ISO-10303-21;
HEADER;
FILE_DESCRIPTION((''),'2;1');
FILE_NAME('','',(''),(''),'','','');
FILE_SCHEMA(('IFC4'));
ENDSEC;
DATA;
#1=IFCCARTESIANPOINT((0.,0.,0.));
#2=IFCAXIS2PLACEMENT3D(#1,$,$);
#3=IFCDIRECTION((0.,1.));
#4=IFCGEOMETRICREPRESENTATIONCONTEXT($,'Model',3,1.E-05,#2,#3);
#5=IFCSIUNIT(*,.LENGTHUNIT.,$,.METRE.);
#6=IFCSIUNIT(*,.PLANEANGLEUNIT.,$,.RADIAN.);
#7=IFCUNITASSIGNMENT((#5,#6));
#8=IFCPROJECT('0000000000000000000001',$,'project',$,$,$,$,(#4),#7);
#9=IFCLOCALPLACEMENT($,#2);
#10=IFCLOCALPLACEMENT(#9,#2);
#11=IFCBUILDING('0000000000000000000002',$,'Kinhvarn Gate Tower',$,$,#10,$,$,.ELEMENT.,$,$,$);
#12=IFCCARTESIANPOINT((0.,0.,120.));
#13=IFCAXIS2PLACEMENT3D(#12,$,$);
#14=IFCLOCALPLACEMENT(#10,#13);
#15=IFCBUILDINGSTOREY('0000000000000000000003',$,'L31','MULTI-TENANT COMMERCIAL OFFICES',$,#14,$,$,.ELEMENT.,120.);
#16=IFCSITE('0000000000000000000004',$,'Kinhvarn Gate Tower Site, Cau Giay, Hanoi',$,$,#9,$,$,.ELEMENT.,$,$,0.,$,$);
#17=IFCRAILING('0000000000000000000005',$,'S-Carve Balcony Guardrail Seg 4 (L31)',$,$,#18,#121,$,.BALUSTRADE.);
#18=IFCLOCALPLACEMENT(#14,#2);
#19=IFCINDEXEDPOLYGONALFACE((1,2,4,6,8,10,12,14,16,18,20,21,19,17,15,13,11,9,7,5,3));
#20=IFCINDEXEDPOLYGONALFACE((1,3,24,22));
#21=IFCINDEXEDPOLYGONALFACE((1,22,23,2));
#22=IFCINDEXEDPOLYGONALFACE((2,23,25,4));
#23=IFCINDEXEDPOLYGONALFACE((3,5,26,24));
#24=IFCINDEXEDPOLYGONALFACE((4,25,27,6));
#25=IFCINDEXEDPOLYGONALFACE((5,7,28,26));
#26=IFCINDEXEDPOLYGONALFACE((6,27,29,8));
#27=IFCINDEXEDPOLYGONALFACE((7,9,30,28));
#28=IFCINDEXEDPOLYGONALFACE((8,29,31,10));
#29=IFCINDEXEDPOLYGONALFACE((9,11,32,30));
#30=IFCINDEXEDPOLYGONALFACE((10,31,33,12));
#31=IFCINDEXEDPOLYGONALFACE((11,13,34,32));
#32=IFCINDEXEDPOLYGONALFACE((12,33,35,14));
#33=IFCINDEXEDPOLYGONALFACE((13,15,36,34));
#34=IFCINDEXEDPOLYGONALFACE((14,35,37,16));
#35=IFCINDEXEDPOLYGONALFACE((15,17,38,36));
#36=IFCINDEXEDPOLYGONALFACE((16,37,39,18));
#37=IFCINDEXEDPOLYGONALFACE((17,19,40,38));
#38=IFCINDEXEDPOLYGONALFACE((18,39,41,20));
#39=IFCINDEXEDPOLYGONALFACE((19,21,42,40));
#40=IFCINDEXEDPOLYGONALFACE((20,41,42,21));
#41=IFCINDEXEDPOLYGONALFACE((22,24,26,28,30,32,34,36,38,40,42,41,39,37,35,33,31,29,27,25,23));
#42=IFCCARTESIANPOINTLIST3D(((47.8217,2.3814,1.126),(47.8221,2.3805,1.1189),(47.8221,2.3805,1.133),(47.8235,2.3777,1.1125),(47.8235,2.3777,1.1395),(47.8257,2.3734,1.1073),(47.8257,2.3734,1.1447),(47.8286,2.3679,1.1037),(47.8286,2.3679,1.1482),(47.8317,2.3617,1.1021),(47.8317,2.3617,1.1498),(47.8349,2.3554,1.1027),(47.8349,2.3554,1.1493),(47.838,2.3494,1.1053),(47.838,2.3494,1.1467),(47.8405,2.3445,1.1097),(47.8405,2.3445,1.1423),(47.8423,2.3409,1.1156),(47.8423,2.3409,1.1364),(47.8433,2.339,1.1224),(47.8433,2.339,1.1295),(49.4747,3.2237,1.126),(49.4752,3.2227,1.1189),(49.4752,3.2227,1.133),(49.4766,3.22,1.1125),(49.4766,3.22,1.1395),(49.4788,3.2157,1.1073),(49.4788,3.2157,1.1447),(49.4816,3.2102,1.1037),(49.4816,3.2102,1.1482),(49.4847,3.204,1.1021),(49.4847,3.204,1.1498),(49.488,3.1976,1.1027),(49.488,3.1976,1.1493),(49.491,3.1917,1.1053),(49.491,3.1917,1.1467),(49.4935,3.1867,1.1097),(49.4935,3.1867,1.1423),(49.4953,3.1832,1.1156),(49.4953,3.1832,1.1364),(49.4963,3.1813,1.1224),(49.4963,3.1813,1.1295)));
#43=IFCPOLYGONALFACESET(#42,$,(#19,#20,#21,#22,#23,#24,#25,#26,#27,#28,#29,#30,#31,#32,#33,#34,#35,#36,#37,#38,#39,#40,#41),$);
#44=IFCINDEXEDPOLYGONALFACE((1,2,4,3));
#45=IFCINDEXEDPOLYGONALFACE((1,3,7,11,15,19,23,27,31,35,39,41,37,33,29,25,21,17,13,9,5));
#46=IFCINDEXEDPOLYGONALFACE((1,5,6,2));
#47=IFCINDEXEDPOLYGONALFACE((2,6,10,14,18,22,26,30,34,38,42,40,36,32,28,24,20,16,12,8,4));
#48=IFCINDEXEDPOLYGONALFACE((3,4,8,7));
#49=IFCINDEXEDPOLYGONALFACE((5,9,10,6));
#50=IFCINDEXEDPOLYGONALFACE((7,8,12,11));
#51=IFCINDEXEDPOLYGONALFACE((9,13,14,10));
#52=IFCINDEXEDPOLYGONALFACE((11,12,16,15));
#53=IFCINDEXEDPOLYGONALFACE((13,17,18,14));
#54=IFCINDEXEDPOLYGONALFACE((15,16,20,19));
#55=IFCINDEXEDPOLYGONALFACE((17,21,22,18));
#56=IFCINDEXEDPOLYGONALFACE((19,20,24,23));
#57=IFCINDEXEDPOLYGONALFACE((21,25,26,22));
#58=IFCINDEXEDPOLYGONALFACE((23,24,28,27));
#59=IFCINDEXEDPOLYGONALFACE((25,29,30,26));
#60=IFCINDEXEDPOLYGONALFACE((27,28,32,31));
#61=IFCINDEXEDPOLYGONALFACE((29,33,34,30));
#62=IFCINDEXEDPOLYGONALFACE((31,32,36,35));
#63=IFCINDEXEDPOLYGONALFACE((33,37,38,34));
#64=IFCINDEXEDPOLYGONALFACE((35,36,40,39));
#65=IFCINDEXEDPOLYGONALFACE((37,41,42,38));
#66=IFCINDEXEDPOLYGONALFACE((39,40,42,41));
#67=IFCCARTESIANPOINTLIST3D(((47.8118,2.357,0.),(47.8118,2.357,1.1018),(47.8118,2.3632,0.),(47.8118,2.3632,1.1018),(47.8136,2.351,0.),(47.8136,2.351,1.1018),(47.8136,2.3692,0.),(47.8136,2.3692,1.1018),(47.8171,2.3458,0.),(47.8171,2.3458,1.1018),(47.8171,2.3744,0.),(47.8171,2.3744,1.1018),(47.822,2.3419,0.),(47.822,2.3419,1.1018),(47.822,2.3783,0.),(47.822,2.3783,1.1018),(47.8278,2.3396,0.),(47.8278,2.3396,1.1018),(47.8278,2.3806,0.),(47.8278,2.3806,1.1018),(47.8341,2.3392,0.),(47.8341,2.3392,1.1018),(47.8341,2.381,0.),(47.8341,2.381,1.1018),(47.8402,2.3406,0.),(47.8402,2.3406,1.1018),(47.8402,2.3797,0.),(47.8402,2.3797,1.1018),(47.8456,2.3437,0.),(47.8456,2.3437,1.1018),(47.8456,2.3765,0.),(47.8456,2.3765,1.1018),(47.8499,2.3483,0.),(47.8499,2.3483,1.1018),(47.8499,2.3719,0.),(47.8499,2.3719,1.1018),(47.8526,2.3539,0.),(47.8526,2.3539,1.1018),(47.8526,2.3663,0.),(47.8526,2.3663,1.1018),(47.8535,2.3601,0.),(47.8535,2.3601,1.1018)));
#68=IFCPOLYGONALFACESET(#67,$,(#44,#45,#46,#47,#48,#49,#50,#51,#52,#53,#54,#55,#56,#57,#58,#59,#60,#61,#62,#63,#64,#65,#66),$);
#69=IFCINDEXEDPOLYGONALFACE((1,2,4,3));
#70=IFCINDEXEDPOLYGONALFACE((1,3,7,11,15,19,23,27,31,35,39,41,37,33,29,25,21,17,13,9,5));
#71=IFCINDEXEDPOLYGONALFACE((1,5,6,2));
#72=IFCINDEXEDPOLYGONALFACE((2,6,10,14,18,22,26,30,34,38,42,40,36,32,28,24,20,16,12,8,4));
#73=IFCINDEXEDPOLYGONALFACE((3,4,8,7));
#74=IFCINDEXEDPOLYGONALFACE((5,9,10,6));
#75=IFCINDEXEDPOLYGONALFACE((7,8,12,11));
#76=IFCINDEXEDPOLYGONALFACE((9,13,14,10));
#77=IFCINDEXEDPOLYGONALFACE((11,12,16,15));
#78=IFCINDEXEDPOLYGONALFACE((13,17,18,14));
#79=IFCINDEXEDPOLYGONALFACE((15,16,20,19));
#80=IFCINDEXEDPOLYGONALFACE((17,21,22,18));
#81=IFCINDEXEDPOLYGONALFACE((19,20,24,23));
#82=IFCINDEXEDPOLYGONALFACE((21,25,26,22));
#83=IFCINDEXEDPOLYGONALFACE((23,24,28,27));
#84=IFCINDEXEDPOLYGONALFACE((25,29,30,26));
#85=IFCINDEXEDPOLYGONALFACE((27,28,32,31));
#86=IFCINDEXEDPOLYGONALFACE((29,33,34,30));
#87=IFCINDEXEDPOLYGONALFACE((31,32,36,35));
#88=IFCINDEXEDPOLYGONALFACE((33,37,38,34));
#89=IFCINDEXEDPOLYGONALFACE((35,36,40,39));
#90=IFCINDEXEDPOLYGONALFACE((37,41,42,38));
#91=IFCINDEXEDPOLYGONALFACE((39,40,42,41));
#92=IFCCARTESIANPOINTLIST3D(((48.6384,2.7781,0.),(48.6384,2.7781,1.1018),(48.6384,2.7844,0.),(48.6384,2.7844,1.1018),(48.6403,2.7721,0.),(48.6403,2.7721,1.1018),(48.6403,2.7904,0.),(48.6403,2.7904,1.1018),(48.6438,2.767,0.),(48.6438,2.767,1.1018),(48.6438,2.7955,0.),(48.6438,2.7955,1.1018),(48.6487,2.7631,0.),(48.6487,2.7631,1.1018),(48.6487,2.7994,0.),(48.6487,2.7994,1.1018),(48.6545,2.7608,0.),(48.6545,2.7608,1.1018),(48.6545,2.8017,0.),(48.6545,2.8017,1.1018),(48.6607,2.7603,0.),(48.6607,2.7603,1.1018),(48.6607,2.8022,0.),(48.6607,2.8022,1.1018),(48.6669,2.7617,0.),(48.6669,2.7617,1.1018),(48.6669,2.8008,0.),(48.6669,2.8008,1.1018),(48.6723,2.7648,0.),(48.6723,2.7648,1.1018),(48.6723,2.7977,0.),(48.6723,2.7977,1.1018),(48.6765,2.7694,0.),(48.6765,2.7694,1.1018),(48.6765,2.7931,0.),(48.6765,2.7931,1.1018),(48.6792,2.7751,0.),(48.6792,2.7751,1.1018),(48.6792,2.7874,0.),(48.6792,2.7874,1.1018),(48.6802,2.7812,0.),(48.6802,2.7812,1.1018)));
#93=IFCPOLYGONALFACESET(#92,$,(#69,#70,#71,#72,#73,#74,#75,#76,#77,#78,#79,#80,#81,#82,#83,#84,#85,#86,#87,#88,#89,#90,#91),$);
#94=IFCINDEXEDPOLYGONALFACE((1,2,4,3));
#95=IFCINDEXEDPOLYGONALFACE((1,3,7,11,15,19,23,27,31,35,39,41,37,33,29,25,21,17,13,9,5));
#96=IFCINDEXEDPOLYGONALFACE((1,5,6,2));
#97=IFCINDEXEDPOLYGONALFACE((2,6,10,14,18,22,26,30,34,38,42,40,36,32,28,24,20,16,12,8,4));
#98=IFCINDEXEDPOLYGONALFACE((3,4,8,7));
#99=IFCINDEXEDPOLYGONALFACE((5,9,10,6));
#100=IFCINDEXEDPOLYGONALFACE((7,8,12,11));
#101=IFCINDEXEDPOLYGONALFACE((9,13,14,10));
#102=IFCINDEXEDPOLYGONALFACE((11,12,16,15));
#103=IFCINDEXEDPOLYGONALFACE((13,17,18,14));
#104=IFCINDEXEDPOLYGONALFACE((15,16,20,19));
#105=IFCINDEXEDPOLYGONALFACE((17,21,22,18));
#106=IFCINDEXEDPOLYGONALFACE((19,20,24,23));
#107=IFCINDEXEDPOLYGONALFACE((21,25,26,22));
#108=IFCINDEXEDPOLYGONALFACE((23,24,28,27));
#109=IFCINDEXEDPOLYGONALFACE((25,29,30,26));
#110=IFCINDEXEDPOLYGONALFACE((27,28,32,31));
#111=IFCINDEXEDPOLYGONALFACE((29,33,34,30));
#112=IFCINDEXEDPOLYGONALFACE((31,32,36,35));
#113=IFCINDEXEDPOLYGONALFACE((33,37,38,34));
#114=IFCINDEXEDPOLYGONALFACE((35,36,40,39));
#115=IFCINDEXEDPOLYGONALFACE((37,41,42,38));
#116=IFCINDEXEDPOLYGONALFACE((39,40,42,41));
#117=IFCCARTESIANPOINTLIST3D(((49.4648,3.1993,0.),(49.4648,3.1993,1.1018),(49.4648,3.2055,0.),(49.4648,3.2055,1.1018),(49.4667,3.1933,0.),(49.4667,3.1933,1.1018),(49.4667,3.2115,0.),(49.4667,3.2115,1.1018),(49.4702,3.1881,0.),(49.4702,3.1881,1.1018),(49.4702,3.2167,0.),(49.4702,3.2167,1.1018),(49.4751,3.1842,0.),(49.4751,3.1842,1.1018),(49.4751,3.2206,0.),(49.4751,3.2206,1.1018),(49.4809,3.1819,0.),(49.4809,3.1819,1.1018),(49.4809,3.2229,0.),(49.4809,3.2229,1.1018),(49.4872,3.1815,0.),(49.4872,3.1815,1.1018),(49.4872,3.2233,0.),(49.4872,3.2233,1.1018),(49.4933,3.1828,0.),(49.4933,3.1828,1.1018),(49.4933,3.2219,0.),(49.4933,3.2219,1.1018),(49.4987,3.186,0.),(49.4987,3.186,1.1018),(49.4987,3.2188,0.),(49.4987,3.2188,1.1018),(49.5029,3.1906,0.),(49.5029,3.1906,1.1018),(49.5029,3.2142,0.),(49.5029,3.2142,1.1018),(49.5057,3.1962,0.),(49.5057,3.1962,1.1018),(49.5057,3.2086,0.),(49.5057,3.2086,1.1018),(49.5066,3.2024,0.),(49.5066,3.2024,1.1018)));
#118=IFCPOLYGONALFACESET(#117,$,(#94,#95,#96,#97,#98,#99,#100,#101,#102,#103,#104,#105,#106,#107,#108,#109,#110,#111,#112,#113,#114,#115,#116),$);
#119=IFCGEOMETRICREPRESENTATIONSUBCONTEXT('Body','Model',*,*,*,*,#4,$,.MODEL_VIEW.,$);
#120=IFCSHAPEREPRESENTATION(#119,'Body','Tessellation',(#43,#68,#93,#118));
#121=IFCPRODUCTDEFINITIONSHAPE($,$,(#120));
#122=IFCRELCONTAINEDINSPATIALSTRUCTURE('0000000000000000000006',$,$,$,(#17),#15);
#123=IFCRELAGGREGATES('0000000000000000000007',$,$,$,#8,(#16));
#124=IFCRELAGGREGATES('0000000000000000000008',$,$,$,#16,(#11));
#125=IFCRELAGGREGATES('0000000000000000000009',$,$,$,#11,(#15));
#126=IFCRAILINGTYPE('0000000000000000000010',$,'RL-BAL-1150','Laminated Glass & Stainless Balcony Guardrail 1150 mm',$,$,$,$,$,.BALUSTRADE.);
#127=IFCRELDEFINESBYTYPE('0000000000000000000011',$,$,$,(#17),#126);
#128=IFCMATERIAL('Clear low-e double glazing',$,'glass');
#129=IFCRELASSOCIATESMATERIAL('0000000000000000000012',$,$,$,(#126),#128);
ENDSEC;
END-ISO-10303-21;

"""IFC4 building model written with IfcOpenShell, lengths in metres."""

from ifc_helpers import new_model, si_unit, direction, frame, origin, origin_2d, place, context, subcontext, project, spatial, circle, extrude, material, type_object, element, save


model = new_model("IFC4")

# Units and contexts
model_context = context("Model", 3, precision=1e-05, world=origin(), true_north=direction((0.0, 1.0)))
body_context = subcontext(model_context, "Body", "Model", "MODEL_VIEW")
ifc_project = project(units=[si_unit("LENGTHUNIT", "METRE"), si_unit("PLANEANGLEUNIT", "RADIAN")], contexts=[model_context])

# Site, building, storey
site_placement = place(None, origin())
site = spatial("IfcSite", under=ifc_project, at=site_placement, Name="Kinhvarn Gate Tower Site, Cau Giay, Hanoi", CompositionType="ELEMENT", RefElevation=0.0)
building_placement = place(site_placement, origin())
building = spatial("IfcBuilding", under=site, at=building_placement, Name="Kinhvarn Gate Tower", CompositionType="ELEMENT")
storey_placement = place(building_placement, frame((0.0, 0.0, 120.0)))
storey = spatial("IfcBuildingStorey", under=building, at=storey_placement, Name="L31", Description="MULTI-TENANT COMMERCIAL OFFICES", CompositionType="ELEMENT", Elevation=120.0)

# Shared definitions
ifc_material_1 = material(Name="Clear low-e double glazing", Category="glass")

# Railing
railing_type = type_object("IfcRailingType", Name="RL-BAL-1150", Description="Laminated Glass & Stainless Balcony Guardrail 1150 mm", PredefinedType="BALUSTRADE", material=ifc_material_1)
railing_1_placement = place(storey_placement, frame((47.8325, 2.3601, 0.0)))
element("IfcRailing", 1, at=railing_1_placement, inside=storey, type_object=railing_type, Name="S-Carve Balcony Guardrail Seg 4 (L31)", PredefinedType="BALUSTRADE", context=body_context, shape_type="SweptSolid", body=[
    extrude(circle(Radius=0.0239, at=origin_2d()), frame((0.0, 0.0, 1.126), z_axis=(0.891006, 0.453991, 0.0), x_axis=(-0.453991, 0.891006, 0.0)), (0.0, 0.0, 1.0), 1.8552),
    extrude(circle(Radius=0.021, at=origin_2d()), origin(), (0.0, 0.0, 1.0), 1.1018),
    extrude(circle(Radius=0.021, at=origin_2d()), frame((0.8267, 0.4211, 0.0)), (0.0, 0.0, 1.0), 1.1018),
    extrude(circle(Radius=0.021, at=origin_2d()), frame((1.6531, 0.8423, 0.0)), (0.0, 0.0, 1.0), 1.1018),
])

save(model, "model.ifc")
